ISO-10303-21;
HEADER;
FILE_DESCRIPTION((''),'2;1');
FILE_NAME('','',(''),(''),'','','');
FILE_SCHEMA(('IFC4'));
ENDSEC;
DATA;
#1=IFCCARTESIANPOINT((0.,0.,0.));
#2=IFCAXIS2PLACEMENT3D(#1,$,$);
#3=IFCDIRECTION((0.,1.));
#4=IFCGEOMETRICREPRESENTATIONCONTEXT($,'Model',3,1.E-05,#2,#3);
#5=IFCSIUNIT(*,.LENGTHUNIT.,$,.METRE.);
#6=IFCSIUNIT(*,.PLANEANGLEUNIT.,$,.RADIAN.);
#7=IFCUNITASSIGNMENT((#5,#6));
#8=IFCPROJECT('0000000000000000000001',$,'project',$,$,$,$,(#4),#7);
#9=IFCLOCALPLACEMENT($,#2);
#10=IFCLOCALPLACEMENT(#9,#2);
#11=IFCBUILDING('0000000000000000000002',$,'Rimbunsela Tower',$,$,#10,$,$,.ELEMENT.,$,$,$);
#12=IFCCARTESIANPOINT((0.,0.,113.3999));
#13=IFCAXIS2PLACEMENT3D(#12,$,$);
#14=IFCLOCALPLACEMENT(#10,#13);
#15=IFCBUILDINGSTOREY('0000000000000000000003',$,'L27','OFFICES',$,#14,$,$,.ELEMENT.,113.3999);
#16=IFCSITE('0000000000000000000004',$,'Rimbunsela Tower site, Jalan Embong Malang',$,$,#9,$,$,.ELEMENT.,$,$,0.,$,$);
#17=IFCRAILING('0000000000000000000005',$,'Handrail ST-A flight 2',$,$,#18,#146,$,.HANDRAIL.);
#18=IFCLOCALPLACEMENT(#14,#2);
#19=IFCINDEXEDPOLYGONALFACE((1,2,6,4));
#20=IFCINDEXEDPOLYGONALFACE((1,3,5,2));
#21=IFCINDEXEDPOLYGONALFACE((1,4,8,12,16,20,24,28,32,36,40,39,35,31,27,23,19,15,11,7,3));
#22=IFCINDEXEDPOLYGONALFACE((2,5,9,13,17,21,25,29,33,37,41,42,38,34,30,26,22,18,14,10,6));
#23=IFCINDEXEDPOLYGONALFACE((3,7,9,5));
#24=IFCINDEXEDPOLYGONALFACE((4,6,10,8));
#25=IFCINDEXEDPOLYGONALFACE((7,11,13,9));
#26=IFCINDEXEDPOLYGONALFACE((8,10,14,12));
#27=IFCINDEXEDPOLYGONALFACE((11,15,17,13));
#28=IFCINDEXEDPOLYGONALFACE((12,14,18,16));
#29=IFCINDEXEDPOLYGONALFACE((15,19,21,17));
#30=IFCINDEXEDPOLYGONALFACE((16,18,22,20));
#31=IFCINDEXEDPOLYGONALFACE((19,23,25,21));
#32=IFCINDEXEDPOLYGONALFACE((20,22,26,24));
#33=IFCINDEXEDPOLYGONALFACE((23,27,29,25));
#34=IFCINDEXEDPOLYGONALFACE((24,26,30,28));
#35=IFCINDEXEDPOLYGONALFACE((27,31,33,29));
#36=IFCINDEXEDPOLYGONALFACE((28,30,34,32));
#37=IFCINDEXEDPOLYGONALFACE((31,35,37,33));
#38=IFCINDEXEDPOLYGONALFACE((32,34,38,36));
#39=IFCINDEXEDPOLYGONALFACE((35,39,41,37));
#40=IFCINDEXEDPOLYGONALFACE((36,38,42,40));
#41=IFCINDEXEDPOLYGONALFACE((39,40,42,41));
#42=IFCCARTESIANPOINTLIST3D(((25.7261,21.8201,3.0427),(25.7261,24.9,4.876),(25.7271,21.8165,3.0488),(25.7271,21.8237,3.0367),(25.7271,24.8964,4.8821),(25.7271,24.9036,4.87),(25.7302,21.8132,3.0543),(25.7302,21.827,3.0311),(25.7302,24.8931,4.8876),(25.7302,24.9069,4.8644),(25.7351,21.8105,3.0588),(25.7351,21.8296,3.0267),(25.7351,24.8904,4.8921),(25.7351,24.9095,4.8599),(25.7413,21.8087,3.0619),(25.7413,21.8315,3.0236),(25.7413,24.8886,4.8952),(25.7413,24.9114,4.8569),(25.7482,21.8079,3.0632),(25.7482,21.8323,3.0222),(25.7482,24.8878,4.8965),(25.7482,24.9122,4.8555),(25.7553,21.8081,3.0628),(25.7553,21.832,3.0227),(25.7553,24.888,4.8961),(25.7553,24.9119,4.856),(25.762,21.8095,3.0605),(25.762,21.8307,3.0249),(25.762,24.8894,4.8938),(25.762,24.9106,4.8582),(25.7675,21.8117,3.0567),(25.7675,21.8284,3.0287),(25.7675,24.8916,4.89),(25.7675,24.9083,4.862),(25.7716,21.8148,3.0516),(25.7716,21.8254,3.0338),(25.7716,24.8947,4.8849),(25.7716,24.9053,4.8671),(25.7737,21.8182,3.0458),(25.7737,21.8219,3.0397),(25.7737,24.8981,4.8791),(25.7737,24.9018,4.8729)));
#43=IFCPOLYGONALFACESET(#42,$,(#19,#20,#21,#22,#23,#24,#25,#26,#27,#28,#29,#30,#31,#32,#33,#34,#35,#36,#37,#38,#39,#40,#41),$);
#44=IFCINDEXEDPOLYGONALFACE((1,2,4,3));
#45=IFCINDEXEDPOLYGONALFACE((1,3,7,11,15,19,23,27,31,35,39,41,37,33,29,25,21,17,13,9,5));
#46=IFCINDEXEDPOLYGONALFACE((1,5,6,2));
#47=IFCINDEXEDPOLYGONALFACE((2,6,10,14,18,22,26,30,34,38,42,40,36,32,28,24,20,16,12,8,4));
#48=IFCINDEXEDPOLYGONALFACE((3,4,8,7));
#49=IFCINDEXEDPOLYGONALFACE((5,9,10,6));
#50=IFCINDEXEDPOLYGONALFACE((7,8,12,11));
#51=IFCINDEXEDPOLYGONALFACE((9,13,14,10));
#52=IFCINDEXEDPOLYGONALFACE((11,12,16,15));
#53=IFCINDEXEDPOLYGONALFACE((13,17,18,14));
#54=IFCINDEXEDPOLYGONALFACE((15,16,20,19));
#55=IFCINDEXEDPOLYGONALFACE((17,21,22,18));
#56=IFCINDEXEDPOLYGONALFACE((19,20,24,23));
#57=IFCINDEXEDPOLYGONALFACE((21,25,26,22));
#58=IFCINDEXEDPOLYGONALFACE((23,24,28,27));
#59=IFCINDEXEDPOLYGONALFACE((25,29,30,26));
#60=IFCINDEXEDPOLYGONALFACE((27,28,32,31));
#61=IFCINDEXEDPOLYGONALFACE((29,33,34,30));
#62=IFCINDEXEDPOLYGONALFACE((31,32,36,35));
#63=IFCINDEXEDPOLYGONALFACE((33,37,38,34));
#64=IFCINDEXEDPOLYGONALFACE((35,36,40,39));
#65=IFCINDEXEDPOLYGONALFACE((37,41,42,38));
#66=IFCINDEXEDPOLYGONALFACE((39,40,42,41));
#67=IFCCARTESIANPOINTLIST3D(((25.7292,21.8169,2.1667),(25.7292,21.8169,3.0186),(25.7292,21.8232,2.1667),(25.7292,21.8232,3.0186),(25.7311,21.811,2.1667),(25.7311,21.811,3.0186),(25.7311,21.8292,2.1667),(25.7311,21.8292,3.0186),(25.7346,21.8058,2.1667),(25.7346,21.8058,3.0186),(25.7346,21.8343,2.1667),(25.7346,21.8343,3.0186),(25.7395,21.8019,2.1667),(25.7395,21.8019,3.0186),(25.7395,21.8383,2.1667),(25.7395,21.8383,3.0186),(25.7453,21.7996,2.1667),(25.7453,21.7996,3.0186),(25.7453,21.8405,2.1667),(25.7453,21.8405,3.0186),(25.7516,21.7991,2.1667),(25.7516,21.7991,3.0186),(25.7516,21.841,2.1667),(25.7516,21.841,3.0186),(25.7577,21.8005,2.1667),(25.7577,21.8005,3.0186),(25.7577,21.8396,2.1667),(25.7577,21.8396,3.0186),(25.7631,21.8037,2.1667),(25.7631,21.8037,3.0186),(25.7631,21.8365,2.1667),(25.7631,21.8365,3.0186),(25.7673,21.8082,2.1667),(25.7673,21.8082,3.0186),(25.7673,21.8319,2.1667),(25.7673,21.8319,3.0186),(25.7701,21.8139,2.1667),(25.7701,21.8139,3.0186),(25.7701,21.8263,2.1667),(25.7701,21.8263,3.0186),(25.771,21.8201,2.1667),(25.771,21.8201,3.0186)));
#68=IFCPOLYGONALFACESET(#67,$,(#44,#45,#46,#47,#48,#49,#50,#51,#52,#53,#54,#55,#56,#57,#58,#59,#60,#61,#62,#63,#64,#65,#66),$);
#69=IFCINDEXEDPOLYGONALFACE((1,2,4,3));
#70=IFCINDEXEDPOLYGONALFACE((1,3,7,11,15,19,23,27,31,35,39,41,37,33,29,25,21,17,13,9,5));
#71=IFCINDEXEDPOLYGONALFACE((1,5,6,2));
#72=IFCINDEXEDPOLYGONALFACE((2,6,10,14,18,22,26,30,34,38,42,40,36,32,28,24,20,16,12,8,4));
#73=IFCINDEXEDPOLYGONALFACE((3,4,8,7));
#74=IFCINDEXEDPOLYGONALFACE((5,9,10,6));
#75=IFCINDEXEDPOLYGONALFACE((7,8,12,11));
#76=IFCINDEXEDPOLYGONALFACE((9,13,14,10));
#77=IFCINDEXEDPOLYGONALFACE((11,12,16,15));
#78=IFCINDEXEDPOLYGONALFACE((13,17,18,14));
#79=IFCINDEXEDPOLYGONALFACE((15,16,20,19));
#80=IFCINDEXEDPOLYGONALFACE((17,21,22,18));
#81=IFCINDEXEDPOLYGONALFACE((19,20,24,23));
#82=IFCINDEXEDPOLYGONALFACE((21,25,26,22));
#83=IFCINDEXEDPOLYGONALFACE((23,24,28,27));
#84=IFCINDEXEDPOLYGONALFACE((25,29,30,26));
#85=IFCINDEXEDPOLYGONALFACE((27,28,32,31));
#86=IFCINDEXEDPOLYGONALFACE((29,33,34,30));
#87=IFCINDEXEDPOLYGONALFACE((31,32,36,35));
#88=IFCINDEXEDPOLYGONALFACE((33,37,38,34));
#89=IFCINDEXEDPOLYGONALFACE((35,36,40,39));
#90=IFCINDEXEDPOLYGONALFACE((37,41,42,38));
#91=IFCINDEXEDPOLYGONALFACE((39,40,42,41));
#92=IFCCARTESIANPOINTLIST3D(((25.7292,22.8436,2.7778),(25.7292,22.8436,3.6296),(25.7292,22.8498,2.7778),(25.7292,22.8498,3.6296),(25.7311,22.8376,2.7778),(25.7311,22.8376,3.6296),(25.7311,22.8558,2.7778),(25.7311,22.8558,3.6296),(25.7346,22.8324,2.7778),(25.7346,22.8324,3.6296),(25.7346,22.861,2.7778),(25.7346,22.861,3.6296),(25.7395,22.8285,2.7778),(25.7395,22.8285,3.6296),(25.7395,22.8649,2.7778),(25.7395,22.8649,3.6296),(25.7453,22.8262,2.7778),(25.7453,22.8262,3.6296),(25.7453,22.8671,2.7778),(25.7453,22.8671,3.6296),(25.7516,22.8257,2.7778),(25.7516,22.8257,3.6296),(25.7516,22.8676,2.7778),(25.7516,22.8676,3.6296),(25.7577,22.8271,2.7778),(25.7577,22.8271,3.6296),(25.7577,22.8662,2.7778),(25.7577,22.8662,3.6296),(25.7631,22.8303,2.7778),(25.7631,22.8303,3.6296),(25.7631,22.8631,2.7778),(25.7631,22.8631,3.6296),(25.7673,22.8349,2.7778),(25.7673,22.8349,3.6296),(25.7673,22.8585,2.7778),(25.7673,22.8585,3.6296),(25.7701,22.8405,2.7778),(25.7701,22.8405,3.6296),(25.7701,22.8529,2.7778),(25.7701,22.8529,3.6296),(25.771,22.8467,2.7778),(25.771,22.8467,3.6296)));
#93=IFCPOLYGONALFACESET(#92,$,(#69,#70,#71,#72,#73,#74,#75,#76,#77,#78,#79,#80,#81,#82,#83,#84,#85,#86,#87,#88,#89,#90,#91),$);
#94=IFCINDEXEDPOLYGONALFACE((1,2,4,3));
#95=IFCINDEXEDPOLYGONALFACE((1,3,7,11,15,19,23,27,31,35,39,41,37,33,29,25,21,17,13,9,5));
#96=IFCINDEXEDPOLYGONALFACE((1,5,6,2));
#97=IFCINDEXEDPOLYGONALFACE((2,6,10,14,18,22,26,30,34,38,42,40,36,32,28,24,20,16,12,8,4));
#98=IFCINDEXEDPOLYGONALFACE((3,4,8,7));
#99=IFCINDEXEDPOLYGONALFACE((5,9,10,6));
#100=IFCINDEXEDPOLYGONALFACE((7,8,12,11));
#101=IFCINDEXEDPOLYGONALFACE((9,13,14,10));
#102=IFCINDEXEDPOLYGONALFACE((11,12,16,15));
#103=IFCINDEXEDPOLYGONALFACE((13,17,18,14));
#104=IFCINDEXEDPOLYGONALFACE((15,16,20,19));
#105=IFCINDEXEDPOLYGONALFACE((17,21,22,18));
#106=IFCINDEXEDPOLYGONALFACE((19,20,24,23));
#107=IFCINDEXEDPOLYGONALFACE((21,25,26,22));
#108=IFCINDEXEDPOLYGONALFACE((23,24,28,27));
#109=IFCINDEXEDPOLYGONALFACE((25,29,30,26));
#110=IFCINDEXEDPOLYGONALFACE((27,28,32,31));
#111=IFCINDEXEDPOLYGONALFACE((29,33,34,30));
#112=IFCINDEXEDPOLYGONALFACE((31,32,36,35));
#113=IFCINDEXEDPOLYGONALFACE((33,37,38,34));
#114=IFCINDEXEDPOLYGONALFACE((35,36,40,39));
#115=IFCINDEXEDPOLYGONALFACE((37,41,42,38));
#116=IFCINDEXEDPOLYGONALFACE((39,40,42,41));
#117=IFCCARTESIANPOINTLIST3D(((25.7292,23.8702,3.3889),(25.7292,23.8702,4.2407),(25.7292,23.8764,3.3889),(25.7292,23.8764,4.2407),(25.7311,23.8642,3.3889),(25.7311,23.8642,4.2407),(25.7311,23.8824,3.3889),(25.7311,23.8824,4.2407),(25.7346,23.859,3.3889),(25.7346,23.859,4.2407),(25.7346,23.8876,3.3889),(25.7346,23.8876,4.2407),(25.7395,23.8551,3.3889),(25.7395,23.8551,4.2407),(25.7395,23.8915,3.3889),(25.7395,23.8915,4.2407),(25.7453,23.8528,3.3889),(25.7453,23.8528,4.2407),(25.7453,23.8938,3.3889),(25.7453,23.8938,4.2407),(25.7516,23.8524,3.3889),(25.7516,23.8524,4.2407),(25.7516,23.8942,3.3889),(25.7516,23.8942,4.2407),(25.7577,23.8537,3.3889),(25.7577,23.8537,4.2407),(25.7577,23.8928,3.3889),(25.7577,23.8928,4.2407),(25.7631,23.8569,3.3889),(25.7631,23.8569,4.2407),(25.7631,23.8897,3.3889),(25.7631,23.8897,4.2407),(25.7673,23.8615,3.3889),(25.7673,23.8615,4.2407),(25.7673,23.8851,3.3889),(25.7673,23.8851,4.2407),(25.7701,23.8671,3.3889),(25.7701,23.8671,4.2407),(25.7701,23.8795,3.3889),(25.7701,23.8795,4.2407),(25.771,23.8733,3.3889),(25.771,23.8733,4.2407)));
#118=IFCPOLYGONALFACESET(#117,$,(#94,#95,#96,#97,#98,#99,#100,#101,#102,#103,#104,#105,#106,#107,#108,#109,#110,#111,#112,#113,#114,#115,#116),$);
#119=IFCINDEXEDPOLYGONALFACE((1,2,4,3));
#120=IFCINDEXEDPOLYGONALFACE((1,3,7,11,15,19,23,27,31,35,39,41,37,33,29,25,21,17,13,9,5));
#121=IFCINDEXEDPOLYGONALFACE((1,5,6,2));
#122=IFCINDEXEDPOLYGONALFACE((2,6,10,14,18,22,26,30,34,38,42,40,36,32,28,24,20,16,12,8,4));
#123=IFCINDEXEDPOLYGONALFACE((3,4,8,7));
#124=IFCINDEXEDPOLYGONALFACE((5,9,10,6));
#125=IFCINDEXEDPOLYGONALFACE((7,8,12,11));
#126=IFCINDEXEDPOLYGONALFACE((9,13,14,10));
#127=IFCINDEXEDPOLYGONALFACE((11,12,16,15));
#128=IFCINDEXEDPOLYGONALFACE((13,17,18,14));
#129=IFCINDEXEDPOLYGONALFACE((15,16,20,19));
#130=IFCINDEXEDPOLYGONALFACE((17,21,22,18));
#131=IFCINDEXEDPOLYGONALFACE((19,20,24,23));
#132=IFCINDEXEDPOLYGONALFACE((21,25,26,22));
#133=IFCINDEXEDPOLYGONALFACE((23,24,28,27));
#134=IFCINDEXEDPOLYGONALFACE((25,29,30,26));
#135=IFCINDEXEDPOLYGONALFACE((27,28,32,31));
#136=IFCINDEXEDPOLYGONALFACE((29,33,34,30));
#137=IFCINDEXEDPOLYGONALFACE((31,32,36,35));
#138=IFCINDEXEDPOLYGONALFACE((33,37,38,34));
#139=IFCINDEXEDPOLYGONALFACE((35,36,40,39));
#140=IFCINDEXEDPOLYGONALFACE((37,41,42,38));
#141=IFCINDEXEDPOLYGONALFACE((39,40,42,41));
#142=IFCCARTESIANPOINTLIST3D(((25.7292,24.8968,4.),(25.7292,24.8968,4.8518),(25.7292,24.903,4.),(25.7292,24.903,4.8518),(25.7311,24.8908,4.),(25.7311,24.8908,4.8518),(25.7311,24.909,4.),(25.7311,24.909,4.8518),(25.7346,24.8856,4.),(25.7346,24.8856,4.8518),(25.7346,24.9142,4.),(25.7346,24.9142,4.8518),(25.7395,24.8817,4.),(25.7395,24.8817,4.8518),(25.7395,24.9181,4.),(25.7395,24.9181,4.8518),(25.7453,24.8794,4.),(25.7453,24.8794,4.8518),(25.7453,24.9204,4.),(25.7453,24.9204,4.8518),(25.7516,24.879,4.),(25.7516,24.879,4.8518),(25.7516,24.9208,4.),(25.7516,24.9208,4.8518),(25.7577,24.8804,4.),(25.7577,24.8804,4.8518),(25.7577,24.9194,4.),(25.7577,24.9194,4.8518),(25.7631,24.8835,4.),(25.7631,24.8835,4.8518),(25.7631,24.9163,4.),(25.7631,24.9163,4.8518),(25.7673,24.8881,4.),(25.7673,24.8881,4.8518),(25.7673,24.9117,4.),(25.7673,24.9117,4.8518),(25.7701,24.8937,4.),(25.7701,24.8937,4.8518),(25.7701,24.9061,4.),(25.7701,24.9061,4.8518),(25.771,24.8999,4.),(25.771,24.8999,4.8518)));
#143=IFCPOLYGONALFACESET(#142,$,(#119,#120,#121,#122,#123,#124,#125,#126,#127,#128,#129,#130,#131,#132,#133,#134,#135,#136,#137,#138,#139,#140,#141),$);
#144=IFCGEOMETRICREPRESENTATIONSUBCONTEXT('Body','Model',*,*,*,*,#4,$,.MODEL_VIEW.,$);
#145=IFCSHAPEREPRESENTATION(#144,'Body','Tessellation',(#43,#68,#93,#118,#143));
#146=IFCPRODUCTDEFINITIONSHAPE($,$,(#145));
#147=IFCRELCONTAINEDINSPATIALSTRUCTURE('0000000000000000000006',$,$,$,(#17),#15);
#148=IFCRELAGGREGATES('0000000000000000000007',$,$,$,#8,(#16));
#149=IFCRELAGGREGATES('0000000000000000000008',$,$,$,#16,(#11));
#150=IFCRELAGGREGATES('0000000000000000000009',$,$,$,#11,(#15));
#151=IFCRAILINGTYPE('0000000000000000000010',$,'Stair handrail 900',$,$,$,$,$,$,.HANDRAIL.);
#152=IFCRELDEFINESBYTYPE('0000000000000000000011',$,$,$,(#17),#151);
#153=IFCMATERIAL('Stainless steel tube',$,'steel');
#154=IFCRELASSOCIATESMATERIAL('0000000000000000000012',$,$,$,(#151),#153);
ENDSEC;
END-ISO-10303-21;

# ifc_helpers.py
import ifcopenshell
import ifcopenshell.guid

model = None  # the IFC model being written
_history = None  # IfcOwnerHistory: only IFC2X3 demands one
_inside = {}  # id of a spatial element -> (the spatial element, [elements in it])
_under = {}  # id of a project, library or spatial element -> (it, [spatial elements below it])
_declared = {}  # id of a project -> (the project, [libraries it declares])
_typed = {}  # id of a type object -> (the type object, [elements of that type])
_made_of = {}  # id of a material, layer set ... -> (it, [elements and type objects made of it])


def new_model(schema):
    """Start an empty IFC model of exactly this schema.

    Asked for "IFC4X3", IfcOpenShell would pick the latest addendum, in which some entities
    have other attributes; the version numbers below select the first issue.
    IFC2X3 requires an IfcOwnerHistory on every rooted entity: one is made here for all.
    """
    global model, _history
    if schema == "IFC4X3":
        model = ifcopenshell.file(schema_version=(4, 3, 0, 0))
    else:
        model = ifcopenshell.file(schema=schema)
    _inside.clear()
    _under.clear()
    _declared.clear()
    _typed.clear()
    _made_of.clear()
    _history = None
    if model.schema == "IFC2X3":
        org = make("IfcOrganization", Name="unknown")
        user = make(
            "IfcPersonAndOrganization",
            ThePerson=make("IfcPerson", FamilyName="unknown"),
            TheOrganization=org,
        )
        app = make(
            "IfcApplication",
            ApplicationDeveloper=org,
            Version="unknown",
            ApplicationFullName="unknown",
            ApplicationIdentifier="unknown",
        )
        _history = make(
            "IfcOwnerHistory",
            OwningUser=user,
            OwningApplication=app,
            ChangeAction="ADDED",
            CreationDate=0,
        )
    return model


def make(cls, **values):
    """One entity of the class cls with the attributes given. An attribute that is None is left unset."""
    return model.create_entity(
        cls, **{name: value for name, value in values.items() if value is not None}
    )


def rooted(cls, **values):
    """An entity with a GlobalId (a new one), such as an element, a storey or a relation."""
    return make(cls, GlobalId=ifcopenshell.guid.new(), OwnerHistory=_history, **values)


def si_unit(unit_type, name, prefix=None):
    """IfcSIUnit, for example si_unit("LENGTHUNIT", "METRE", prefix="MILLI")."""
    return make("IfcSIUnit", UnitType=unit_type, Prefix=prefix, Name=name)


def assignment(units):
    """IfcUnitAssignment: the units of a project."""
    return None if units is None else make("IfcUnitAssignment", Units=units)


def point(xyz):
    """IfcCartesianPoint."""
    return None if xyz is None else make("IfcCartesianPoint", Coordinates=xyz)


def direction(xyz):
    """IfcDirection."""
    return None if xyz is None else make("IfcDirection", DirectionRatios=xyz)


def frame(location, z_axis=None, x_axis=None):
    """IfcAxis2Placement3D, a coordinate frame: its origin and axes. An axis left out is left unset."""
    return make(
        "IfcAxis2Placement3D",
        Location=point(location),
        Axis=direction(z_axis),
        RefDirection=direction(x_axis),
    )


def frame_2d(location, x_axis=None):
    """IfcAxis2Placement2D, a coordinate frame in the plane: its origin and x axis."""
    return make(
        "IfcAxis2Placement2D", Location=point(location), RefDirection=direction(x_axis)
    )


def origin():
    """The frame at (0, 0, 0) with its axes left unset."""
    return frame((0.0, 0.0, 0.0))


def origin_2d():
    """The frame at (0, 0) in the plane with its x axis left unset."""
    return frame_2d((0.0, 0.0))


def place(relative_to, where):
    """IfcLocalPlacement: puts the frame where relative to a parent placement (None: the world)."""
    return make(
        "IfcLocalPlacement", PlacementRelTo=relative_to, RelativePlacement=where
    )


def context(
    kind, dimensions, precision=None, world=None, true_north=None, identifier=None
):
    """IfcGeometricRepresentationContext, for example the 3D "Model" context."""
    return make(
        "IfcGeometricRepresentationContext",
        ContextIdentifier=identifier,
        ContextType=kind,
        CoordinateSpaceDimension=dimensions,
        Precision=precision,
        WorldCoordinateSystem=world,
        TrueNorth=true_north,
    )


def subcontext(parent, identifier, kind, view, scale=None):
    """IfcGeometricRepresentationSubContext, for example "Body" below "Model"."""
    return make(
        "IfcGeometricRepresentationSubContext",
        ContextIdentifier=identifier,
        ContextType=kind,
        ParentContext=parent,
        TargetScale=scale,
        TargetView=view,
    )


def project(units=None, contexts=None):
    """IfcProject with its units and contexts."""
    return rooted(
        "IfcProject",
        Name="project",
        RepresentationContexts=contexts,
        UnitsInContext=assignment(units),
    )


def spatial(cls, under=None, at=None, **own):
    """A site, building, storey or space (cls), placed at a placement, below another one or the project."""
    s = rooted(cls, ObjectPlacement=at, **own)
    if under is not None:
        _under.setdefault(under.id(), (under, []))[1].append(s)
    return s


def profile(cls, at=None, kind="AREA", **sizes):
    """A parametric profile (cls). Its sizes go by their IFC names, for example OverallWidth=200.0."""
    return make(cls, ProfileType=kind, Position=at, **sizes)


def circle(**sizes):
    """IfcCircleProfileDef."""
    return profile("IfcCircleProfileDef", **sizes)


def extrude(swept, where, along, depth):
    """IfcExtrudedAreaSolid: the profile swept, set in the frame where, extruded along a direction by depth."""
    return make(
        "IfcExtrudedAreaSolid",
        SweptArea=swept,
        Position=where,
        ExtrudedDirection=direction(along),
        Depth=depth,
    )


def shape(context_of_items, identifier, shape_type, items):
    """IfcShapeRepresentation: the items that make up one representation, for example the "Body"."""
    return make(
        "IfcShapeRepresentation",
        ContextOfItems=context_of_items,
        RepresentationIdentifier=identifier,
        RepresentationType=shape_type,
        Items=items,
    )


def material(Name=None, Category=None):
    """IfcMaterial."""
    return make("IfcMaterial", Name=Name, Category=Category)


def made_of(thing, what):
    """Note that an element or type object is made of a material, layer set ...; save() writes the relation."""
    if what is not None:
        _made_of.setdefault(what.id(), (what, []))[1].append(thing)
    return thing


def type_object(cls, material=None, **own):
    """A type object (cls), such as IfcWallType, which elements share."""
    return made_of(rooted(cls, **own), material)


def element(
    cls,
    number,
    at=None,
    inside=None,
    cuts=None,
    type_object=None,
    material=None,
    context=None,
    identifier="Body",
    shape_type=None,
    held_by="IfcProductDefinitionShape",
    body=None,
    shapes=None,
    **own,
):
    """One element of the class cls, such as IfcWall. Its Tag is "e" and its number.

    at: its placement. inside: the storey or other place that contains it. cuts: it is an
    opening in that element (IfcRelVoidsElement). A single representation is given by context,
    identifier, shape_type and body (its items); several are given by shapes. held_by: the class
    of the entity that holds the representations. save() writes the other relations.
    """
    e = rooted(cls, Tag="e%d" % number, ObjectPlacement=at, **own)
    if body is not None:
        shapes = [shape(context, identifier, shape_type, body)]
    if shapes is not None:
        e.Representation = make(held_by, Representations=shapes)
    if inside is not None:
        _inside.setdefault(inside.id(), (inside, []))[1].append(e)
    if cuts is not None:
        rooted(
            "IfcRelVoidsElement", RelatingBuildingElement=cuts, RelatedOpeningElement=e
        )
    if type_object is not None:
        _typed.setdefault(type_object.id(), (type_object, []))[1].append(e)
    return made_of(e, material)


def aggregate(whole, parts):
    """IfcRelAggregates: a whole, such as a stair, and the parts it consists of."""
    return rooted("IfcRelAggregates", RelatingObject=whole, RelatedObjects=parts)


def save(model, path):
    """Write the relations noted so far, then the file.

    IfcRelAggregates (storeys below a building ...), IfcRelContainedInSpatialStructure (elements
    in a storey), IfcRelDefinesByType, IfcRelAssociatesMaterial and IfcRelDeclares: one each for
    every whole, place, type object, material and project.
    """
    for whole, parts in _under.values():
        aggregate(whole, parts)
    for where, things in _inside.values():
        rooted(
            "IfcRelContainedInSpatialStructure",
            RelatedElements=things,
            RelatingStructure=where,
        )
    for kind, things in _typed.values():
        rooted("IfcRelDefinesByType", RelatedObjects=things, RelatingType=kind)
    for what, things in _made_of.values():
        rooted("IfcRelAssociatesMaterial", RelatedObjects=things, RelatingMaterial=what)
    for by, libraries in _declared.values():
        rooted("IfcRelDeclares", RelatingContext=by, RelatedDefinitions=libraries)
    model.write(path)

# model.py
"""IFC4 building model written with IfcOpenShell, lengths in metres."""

from ifc_helpers import new_model, si_unit, direction, frame, origin, origin_2d, place, context, subcontext, project, spatial, circle, extrude, material, type_object, element, save


model = new_model("IFC4")

# Units and contexts
model_context = context("Model", 3, precision=1e-05, world=origin(), true_north=direction((0.0, 1.0)))
body_context = subcontext(model_context, "Body", "Model", "MODEL_VIEW")
ifc_project = project(units=[si_unit("LENGTHUNIT", "METRE"), si_unit("PLANEANGLEUNIT", "RADIAN")], contexts=[model_context])

# Site, building, storey
site_placement = place(None, origin())
site = spatial("IfcSite", under=ifc_project, at=site_placement, Name="Rimbunsela Tower site, Jalan Embong Malang", CompositionType="ELEMENT", RefElevation=0.0)
building_placement = place(site_placement, origin())
building = spatial("IfcBuilding", under=site, at=building_placement, Name="Rimbunsela Tower", CompositionType="ELEMENT")
storey_placement = place(building_placement, frame((0.0, 0.0, 113.3999)))
storey = spatial("IfcBuildingStorey", under=building, at=storey_placement, Name="L27", Description="OFFICES", CompositionType="ELEMENT", Elevation=113.3999)

# Railing
ifc_material_1 = material(Name="Stainless steel tube", Category="steel")
railing_type = type_object("IfcRailingType", Name="Stair handrail 900", PredefinedType="HANDRAIL", material=ifc_material_1)
railing_1_placement = place(storey_placement, frame((25.75, 21.8201, 2.1667)))
element("IfcRailing", 1, at=railing_1_placement, inside=storey, type_object=railing_type, Name="Handrail ST-A flight 2", PredefinedType="HANDRAIL", context=body_context, shape_type="SweptSolid", body=[
    extrude(circle(Radius=0.0239, at=origin_2d()), frame((0.0, 0.0, 0.876), z_axis=(0.0, 0.859291, 0.511487), x_axis=(-1.0, 0.0, 0.0)), (0.0, 0.0, 1.0), 3.5842),
    extrude(circle(Radius=0.021, at=origin_2d()), origin(), (0.0, 0.0, 1.0), 0.8518),
    extrude(circle(Radius=0.021, at=origin_2d()), frame((0.0, 1.0266, 0.6111)), (0.0, 0.0, 1.0), 0.8518),
    extrude(circle(Radius=0.021, at=origin_2d()), frame((0.0, 2.0532, 1.2222)), (0.0, 0.0, 1.0), 0.8518),
    extrude(circle(Radius=0.021, at=origin_2d()), frame((0.0, 3.0798, 1.8333)), (0.0, 0.0, 1.0), 0.8518),
])

save(model, "model.ifc")
